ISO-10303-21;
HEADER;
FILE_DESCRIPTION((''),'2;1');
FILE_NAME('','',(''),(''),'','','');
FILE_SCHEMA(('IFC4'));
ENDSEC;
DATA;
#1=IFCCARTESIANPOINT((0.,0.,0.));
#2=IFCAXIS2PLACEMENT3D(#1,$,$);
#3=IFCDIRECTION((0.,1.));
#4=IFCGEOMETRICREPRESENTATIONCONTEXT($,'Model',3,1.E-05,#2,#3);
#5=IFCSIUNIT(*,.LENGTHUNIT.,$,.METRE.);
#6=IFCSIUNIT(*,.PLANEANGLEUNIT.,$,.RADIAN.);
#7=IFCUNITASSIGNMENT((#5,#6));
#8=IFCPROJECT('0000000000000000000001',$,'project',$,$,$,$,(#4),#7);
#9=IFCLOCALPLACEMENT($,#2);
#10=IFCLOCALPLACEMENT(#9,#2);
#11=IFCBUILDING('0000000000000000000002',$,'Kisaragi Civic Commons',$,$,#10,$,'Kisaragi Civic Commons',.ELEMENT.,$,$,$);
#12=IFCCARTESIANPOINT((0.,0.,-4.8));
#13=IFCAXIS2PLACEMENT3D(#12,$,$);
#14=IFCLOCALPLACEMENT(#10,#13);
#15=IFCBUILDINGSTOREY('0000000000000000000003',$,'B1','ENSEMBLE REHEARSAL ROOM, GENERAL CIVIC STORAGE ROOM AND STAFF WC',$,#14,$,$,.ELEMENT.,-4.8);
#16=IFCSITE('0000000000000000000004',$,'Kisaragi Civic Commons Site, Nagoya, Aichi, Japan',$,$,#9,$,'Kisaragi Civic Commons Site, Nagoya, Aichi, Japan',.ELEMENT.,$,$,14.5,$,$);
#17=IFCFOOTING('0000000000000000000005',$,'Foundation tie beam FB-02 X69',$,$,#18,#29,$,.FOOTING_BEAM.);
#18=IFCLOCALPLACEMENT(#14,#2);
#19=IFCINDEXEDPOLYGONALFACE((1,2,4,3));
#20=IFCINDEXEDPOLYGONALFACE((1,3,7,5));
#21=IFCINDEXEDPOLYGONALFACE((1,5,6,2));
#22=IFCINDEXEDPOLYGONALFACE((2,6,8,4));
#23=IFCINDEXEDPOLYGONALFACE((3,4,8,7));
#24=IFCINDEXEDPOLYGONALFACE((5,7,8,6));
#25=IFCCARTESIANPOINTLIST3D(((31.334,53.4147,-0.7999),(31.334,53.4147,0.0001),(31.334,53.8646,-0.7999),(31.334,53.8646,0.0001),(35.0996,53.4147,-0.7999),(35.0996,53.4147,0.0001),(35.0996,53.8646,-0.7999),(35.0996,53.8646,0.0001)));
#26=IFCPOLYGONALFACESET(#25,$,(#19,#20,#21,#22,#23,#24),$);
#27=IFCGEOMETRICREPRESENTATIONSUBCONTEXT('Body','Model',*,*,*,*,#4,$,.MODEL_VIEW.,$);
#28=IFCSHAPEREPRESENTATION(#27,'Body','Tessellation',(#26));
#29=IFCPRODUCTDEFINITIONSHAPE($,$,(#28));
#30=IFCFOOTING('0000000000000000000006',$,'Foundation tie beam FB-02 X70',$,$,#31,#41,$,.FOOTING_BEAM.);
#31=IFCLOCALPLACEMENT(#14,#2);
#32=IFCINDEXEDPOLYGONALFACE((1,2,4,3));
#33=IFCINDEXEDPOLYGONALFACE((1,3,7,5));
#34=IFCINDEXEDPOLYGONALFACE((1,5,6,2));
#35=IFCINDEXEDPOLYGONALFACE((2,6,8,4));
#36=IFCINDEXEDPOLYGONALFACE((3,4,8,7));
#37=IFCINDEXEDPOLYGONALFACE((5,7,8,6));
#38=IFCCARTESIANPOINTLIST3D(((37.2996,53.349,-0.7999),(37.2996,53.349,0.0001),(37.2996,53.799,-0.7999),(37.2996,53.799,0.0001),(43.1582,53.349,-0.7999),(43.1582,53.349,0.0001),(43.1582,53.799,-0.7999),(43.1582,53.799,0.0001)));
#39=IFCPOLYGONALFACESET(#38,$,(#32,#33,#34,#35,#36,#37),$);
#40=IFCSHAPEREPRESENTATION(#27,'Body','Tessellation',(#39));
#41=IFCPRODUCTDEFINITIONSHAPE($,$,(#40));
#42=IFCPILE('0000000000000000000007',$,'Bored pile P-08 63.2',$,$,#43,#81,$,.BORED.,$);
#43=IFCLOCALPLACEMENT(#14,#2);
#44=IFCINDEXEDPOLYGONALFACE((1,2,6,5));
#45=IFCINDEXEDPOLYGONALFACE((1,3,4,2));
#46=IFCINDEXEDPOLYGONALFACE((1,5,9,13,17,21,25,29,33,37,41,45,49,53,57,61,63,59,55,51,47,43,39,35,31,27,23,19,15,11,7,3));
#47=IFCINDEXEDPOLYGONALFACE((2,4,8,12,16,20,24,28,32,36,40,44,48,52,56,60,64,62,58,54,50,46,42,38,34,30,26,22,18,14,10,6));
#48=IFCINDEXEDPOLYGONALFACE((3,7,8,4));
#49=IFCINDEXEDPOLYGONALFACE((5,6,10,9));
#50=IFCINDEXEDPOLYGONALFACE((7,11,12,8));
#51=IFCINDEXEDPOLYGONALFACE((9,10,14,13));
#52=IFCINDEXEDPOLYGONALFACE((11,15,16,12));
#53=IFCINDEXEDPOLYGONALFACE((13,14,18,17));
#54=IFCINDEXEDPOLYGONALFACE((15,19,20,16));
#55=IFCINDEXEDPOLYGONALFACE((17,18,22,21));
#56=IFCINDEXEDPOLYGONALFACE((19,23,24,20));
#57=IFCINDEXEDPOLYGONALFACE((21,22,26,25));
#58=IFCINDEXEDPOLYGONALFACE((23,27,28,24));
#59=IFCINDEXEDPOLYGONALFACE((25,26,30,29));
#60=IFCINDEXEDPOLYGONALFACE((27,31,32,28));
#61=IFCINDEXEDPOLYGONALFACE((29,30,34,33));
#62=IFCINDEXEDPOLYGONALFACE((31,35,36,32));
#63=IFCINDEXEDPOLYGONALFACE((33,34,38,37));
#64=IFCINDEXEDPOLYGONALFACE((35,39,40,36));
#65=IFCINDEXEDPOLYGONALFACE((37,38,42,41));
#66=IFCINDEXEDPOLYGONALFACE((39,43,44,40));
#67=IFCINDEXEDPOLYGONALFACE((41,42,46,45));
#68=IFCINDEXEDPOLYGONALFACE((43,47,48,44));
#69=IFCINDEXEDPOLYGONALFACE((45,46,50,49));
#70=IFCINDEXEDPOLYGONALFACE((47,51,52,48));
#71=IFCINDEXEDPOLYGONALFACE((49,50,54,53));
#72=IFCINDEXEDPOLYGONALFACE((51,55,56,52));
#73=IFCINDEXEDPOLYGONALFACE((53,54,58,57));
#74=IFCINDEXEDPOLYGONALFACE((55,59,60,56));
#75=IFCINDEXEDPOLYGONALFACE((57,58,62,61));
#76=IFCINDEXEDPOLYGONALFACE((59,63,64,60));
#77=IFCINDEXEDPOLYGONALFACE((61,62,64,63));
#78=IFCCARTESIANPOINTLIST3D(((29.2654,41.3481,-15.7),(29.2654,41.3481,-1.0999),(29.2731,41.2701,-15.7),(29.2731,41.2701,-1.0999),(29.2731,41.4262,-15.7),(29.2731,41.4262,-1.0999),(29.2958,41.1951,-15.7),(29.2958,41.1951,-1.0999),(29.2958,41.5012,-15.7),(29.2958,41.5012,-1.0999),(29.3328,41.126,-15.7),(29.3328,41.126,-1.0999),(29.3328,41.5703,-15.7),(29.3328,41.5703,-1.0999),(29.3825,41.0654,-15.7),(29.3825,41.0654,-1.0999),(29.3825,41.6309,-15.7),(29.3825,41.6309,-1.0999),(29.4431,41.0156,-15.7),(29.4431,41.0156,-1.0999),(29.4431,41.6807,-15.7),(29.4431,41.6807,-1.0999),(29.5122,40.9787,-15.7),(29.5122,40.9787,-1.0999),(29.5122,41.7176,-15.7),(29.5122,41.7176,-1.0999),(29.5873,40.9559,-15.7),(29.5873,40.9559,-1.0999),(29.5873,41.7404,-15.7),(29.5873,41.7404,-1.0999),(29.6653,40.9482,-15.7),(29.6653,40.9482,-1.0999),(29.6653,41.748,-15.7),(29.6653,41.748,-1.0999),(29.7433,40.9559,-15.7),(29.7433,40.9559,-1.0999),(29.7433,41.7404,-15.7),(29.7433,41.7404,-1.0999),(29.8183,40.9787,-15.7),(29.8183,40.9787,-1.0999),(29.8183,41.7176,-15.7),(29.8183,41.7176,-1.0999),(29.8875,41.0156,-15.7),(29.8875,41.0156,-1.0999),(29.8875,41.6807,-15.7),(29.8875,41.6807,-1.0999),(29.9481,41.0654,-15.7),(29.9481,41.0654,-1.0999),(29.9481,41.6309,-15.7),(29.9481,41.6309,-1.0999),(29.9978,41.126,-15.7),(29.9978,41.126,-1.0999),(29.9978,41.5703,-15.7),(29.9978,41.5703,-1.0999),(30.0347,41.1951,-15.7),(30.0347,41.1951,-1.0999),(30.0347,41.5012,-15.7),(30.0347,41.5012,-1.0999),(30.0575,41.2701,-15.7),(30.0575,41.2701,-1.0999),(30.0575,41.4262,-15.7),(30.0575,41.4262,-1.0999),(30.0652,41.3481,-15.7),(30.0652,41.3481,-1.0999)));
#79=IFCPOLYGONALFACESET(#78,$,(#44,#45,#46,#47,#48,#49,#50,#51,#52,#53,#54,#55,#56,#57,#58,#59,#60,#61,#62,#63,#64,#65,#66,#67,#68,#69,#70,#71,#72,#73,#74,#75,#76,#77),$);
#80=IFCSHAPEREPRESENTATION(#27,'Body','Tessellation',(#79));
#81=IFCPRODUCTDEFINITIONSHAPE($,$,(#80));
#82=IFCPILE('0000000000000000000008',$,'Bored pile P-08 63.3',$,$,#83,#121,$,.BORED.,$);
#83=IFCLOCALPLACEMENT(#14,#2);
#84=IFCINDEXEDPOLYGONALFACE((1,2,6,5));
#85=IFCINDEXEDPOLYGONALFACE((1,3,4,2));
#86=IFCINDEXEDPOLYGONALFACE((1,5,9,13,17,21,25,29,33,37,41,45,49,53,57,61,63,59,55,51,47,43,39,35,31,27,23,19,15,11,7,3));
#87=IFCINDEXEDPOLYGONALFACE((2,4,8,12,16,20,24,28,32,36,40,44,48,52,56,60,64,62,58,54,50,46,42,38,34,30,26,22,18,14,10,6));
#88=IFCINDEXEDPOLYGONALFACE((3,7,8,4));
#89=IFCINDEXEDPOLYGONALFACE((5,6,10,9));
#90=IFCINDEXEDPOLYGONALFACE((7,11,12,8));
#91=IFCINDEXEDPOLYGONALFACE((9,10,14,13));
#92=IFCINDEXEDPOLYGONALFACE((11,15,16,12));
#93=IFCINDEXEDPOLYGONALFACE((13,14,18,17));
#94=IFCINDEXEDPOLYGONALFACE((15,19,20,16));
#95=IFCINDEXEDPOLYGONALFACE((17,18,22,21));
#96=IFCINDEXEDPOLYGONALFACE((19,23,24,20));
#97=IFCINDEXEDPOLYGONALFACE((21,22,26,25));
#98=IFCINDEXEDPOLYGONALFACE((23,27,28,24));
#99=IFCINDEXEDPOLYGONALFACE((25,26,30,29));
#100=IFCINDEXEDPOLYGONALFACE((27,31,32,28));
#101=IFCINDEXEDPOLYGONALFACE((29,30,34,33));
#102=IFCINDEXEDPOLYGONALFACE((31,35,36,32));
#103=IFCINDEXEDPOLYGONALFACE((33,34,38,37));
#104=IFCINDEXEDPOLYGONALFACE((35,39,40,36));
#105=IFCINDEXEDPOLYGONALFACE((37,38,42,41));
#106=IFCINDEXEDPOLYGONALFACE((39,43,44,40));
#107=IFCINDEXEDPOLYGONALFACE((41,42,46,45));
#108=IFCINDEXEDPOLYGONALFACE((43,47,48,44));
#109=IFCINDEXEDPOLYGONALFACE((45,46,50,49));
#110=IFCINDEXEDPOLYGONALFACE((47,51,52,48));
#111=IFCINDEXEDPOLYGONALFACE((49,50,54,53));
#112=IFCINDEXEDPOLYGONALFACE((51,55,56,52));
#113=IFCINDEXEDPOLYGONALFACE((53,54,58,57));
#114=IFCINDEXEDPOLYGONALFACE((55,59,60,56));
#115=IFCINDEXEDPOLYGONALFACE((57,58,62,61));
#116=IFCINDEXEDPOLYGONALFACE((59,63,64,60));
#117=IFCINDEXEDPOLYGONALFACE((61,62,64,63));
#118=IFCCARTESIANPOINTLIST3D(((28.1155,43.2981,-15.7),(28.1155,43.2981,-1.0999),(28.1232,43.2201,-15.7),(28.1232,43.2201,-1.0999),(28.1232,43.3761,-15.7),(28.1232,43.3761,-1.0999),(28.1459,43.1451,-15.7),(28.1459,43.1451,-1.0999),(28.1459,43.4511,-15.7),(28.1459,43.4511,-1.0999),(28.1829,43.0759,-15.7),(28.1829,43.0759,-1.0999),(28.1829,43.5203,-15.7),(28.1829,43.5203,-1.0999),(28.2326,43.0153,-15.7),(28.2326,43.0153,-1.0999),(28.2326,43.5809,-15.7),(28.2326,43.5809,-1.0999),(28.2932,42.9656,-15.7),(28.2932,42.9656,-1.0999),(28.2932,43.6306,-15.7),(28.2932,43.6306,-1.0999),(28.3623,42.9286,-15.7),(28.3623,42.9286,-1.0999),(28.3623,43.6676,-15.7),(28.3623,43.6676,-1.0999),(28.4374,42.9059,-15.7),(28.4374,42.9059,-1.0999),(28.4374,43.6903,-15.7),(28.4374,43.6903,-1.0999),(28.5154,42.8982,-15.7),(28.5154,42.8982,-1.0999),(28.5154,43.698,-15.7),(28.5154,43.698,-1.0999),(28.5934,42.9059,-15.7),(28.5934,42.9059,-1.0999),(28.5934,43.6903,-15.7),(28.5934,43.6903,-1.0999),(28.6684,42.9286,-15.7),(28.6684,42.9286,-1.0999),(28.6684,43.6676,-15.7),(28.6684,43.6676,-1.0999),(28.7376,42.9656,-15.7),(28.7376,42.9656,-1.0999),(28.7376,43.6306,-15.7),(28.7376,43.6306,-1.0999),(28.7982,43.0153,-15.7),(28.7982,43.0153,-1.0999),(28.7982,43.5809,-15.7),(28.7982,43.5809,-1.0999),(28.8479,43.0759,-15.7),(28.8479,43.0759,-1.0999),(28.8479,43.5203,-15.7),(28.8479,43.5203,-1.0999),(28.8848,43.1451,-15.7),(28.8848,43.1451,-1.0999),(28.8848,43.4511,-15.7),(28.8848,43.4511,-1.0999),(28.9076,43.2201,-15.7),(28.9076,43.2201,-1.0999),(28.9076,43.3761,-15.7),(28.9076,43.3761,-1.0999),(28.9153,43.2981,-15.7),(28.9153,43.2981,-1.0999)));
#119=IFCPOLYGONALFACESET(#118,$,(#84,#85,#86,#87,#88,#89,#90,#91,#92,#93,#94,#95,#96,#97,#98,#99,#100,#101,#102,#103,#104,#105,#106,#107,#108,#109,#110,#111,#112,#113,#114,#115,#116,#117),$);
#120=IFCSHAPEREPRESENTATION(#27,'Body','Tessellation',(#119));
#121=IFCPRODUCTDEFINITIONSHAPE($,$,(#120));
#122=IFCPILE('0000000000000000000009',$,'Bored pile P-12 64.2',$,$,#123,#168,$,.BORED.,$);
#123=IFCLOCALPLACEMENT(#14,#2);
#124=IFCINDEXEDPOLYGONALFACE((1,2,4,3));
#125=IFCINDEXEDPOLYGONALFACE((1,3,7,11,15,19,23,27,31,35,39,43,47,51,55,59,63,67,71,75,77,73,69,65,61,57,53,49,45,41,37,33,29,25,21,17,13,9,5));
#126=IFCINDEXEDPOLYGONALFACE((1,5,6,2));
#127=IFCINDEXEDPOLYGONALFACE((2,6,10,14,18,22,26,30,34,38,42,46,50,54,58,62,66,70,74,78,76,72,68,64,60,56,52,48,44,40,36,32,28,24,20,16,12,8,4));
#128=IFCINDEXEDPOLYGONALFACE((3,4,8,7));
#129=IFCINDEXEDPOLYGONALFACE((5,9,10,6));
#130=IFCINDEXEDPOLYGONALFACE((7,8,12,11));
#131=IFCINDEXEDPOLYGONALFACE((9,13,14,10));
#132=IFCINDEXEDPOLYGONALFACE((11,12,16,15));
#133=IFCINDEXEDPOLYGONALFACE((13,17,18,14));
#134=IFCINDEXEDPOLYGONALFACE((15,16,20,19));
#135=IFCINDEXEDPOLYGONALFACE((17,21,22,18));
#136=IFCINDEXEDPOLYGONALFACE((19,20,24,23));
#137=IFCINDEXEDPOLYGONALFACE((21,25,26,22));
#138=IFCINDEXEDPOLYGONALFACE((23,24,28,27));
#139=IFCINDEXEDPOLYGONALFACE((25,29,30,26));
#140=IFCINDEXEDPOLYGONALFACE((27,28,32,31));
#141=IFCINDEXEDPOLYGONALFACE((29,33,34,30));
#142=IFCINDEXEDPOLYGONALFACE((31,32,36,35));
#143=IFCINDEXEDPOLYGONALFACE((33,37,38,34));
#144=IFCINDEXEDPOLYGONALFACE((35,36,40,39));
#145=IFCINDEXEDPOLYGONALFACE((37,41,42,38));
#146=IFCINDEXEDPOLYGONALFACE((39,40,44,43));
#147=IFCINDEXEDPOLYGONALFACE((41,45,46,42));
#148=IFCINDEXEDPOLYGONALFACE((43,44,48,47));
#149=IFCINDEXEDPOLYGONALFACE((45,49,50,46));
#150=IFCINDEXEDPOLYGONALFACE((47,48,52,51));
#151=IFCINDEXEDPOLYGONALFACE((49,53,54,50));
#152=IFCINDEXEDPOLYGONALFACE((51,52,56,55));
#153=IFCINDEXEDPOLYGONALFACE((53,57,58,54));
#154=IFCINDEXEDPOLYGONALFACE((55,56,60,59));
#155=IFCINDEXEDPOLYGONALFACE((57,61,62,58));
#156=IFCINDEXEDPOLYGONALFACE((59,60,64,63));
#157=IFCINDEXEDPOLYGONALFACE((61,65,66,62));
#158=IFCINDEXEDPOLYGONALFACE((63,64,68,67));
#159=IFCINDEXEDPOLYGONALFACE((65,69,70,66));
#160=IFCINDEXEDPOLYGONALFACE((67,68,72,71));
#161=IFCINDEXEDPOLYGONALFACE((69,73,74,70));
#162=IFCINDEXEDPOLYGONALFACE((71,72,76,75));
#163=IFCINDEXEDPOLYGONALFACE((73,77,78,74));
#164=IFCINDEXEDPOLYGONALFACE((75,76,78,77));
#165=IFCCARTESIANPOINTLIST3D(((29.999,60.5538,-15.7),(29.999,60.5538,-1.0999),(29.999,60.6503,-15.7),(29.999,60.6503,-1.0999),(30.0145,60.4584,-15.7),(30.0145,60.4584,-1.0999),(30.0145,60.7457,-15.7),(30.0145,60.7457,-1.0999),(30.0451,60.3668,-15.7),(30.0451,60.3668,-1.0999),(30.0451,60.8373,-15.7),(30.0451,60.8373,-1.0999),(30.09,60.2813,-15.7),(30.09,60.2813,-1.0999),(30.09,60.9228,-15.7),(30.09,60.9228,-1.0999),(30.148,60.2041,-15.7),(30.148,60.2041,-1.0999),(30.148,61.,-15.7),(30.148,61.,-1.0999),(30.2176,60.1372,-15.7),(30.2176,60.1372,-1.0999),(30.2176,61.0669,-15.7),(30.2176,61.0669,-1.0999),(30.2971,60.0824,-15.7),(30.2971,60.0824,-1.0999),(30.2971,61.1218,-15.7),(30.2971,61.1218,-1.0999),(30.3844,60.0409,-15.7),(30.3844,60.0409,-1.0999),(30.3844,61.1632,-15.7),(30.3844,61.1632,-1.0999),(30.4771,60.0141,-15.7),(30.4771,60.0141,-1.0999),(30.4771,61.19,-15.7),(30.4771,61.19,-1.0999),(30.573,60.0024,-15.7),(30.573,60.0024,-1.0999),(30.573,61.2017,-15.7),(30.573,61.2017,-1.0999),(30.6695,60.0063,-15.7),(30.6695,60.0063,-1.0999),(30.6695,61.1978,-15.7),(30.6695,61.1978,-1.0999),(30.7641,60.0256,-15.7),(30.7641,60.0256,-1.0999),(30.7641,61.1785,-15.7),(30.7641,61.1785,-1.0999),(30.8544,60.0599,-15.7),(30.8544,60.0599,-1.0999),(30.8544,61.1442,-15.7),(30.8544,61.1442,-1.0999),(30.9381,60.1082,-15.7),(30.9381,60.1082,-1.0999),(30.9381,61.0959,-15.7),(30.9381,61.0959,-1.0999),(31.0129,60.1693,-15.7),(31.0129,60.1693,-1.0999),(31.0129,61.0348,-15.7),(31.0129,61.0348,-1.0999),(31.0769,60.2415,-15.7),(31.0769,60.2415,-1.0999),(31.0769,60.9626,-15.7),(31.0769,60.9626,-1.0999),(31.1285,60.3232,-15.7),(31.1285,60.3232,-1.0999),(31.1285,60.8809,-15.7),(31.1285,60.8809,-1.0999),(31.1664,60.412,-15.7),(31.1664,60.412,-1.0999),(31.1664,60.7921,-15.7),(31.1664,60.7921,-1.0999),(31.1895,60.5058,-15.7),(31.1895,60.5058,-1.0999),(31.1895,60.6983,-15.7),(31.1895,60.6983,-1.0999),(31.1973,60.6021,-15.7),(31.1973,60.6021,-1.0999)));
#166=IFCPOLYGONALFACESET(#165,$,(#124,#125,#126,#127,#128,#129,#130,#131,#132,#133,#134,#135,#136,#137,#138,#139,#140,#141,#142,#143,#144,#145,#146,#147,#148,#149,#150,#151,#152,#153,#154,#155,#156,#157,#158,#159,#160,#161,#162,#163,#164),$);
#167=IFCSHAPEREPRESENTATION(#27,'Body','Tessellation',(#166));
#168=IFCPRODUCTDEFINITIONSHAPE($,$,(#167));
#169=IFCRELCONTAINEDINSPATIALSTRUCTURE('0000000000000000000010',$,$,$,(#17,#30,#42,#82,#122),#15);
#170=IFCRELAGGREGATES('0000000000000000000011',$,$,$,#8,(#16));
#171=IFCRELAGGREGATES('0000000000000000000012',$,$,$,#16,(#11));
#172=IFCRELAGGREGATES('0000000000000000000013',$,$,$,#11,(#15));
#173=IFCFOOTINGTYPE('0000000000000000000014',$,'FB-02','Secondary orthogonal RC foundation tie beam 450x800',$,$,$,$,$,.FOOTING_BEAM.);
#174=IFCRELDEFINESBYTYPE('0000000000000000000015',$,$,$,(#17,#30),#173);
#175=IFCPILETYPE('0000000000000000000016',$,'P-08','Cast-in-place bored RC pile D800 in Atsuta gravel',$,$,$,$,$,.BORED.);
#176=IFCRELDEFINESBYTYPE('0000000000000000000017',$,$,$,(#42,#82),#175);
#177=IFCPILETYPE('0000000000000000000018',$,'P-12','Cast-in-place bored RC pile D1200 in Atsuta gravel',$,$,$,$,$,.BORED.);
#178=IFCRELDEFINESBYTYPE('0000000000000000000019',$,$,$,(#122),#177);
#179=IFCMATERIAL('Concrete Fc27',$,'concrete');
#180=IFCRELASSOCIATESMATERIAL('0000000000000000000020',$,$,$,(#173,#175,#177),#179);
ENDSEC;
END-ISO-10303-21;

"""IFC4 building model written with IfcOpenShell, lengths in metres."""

from ifc_helpers import new_model, si_unit, direction, frame, origin, origin_2d, place, context, subcontext, project, spatial, rectangle, circle, extrude, material, material_profile, profile_set, type_object, element, save


model = new_model("IFC4")

# Units and contexts
model_context = context("Model", 3, precision=1e-05, world=origin(), true_north=direction((0.0, 1.0)))
body_context = subcontext(model_context, "Body", "Model", "MODEL_VIEW")
ifc_project = project(units=[si_unit("LENGTHUNIT", "METRE"), si_unit("PLANEANGLEUNIT", "RADIAN")], contexts=[model_context])

# Site, building, storey
site_placement = place(None, origin())
site = spatial("IfcSite", under=ifc_project, at=site_placement, Name="Kisaragi Civic Commons Site, Nagoya, Aichi, Japan", LongName="Kisaragi Civic Commons Site, Nagoya, Aichi, Japan", CompositionType="ELEMENT", RefElevation=14.5)
building_placement = place(site_placement, origin())
building = spatial("IfcBuilding", under=site, at=building_placement, Name="Kisaragi Civic Commons", LongName="Kisaragi Civic Commons", CompositionType="ELEMENT")
storey_placement = place(building_placement, frame((0.0, 0.0, -4.8)))
storey = spatial("IfcBuildingStorey", under=building, at=storey_placement, Name="B1", Description="ENSEMBLE REHEARSAL ROOM, GENERAL CIVIC STORAGE ROOM AND STAFF WC", CompositionType="ELEMENT", Elevation=-4.8)

# Footings
ifc_material_1 = material(Name="Concrete Fc27", Category="concrete")
ifc_material_profile_1 = material_profile(ifc_material_1, rectangle(XDim=0.45, YDim=0.8, at=origin_2d()), Name="RC-450x800", Category="concrete")
ifc_profile_set_1 = profile_set([ifc_material_profile_1], Name="Concrete Fc27")
footing_type_1 = type_object("IfcFootingType", Name="FB-02", Description="Secondary orthogonal RC foundation tie beam 450x800", PredefinedType="FOOTING_BEAM", material=ifc_profile_set_1)
footing_1_placement = place(storey_placement, frame((31.334, 53.6396, -0.3999), z_axis=(1.0, 0.0, 0.0), x_axis=(0.0, 1.0, 0.0)))
element("IfcFooting", 1, at=footing_1_placement, inside=storey, type_object=footing_type_1, Name="Foundation tie beam FB-02 X69", PredefinedType="FOOTING_BEAM", context=body_context, shape_type="SweptSolid", body=[
    extrude(rectangle(XDim=0.45, YDim=0.8, at=origin_2d()), origin(), (0.0, 0.0, 1.0), 3.7656),
])
footing_2_placement = place(storey_placement, frame((37.2996, 53.574, -0.3999), z_axis=(1.0, 0.0, 0.0), x_axis=(0.0, 1.0, 0.0)))
element("IfcFooting", 2, at=footing_2_placement, inside=storey, type_object=footing_type_1, Name="Foundation tie beam FB-02 X70", PredefinedType="FOOTING_BEAM", context=body_context, shape_type="SweptSolid", body=[
    extrude(rectangle(XDim=0.45, YDim=0.8, at=origin_2d()), origin(), (0.0, 0.0, 1.0), 5.8586),
])

# Piles
ifc_material_profile_2 = material_profile(ifc_material_1, circle(Radius=0.3999, at=origin_2d()), Name="PILE-D800", Category="concrete")
ifc_profile_set_2 = profile_set([ifc_material_profile_2], Name="Concrete Fc27")
pile_type_1 = type_object("IfcPileType", Name="P-08", Description="Cast-in-place bored RC pile D800 in Atsuta gravel", PredefinedType="BORED", material=ifc_profile_set_2)
for number, where, z_axis, x_axis, name in (
    (3, (29.6653, 41.3481, -1.0999), (0.0, 0.0, -1.0), (1.0, 0.0, 0.0), "Bored pile P-08 63.2"),
    (4, (28.5154, 43.2981, -1.0999), (0.0, 0.0, -1.0), (1.0, 0.0, 0.0), "Bored pile P-08 63.3"),
):
    element("IfcPile", number, at=place(storey_placement, frame(where, z_axis=z_axis, x_axis=x_axis)), inside=storey, type_object=pile_type_1, Name=name, PredefinedType="BORED", context=body_context, shape_type="SweptSolid", body=[
        extrude(circle(Radius=0.3999, at=origin_2d()), origin(), (0.0, 0.0, 1.0), 14.6001),
    ])
ifc_material_profile_3 = material_profile(ifc_material_1, circle(Radius=0.6001, at=origin_2d()), Name="PILE-D1200", Category="concrete")
ifc_profile_set_3 = profile_set([ifc_material_profile_3], Name="Concrete Fc27")
pile_type_2 = type_object("IfcPileType", Name="P-12", Description="Cast-in-place bored RC pile D1200 in Atsuta gravel", PredefinedType="BORED", material=ifc_profile_set_3)
for number, where, z_axis, x_axis, name in (
    (5, (30.5972, 60.6021, -1.0999), (0.0, 0.0, -1.0), (1.0, 0.0, 0.0), "Bored pile P-12 64.2"),
):
    element("IfcPile", number, at=place(storey_placement, frame(where, z_axis=z_axis, x_axis=x_axis)), inside=storey, type_object=pile_type_2, Name=name, PredefinedType="BORED", context=body_context, shape_type="SweptSolid", body=[
        extrude(circle(Radius=0.6001, at=origin_2d()), origin(), (0.0, 0.0, 1.0), 14.6001),
    ])

save(model, "model.ifc")
